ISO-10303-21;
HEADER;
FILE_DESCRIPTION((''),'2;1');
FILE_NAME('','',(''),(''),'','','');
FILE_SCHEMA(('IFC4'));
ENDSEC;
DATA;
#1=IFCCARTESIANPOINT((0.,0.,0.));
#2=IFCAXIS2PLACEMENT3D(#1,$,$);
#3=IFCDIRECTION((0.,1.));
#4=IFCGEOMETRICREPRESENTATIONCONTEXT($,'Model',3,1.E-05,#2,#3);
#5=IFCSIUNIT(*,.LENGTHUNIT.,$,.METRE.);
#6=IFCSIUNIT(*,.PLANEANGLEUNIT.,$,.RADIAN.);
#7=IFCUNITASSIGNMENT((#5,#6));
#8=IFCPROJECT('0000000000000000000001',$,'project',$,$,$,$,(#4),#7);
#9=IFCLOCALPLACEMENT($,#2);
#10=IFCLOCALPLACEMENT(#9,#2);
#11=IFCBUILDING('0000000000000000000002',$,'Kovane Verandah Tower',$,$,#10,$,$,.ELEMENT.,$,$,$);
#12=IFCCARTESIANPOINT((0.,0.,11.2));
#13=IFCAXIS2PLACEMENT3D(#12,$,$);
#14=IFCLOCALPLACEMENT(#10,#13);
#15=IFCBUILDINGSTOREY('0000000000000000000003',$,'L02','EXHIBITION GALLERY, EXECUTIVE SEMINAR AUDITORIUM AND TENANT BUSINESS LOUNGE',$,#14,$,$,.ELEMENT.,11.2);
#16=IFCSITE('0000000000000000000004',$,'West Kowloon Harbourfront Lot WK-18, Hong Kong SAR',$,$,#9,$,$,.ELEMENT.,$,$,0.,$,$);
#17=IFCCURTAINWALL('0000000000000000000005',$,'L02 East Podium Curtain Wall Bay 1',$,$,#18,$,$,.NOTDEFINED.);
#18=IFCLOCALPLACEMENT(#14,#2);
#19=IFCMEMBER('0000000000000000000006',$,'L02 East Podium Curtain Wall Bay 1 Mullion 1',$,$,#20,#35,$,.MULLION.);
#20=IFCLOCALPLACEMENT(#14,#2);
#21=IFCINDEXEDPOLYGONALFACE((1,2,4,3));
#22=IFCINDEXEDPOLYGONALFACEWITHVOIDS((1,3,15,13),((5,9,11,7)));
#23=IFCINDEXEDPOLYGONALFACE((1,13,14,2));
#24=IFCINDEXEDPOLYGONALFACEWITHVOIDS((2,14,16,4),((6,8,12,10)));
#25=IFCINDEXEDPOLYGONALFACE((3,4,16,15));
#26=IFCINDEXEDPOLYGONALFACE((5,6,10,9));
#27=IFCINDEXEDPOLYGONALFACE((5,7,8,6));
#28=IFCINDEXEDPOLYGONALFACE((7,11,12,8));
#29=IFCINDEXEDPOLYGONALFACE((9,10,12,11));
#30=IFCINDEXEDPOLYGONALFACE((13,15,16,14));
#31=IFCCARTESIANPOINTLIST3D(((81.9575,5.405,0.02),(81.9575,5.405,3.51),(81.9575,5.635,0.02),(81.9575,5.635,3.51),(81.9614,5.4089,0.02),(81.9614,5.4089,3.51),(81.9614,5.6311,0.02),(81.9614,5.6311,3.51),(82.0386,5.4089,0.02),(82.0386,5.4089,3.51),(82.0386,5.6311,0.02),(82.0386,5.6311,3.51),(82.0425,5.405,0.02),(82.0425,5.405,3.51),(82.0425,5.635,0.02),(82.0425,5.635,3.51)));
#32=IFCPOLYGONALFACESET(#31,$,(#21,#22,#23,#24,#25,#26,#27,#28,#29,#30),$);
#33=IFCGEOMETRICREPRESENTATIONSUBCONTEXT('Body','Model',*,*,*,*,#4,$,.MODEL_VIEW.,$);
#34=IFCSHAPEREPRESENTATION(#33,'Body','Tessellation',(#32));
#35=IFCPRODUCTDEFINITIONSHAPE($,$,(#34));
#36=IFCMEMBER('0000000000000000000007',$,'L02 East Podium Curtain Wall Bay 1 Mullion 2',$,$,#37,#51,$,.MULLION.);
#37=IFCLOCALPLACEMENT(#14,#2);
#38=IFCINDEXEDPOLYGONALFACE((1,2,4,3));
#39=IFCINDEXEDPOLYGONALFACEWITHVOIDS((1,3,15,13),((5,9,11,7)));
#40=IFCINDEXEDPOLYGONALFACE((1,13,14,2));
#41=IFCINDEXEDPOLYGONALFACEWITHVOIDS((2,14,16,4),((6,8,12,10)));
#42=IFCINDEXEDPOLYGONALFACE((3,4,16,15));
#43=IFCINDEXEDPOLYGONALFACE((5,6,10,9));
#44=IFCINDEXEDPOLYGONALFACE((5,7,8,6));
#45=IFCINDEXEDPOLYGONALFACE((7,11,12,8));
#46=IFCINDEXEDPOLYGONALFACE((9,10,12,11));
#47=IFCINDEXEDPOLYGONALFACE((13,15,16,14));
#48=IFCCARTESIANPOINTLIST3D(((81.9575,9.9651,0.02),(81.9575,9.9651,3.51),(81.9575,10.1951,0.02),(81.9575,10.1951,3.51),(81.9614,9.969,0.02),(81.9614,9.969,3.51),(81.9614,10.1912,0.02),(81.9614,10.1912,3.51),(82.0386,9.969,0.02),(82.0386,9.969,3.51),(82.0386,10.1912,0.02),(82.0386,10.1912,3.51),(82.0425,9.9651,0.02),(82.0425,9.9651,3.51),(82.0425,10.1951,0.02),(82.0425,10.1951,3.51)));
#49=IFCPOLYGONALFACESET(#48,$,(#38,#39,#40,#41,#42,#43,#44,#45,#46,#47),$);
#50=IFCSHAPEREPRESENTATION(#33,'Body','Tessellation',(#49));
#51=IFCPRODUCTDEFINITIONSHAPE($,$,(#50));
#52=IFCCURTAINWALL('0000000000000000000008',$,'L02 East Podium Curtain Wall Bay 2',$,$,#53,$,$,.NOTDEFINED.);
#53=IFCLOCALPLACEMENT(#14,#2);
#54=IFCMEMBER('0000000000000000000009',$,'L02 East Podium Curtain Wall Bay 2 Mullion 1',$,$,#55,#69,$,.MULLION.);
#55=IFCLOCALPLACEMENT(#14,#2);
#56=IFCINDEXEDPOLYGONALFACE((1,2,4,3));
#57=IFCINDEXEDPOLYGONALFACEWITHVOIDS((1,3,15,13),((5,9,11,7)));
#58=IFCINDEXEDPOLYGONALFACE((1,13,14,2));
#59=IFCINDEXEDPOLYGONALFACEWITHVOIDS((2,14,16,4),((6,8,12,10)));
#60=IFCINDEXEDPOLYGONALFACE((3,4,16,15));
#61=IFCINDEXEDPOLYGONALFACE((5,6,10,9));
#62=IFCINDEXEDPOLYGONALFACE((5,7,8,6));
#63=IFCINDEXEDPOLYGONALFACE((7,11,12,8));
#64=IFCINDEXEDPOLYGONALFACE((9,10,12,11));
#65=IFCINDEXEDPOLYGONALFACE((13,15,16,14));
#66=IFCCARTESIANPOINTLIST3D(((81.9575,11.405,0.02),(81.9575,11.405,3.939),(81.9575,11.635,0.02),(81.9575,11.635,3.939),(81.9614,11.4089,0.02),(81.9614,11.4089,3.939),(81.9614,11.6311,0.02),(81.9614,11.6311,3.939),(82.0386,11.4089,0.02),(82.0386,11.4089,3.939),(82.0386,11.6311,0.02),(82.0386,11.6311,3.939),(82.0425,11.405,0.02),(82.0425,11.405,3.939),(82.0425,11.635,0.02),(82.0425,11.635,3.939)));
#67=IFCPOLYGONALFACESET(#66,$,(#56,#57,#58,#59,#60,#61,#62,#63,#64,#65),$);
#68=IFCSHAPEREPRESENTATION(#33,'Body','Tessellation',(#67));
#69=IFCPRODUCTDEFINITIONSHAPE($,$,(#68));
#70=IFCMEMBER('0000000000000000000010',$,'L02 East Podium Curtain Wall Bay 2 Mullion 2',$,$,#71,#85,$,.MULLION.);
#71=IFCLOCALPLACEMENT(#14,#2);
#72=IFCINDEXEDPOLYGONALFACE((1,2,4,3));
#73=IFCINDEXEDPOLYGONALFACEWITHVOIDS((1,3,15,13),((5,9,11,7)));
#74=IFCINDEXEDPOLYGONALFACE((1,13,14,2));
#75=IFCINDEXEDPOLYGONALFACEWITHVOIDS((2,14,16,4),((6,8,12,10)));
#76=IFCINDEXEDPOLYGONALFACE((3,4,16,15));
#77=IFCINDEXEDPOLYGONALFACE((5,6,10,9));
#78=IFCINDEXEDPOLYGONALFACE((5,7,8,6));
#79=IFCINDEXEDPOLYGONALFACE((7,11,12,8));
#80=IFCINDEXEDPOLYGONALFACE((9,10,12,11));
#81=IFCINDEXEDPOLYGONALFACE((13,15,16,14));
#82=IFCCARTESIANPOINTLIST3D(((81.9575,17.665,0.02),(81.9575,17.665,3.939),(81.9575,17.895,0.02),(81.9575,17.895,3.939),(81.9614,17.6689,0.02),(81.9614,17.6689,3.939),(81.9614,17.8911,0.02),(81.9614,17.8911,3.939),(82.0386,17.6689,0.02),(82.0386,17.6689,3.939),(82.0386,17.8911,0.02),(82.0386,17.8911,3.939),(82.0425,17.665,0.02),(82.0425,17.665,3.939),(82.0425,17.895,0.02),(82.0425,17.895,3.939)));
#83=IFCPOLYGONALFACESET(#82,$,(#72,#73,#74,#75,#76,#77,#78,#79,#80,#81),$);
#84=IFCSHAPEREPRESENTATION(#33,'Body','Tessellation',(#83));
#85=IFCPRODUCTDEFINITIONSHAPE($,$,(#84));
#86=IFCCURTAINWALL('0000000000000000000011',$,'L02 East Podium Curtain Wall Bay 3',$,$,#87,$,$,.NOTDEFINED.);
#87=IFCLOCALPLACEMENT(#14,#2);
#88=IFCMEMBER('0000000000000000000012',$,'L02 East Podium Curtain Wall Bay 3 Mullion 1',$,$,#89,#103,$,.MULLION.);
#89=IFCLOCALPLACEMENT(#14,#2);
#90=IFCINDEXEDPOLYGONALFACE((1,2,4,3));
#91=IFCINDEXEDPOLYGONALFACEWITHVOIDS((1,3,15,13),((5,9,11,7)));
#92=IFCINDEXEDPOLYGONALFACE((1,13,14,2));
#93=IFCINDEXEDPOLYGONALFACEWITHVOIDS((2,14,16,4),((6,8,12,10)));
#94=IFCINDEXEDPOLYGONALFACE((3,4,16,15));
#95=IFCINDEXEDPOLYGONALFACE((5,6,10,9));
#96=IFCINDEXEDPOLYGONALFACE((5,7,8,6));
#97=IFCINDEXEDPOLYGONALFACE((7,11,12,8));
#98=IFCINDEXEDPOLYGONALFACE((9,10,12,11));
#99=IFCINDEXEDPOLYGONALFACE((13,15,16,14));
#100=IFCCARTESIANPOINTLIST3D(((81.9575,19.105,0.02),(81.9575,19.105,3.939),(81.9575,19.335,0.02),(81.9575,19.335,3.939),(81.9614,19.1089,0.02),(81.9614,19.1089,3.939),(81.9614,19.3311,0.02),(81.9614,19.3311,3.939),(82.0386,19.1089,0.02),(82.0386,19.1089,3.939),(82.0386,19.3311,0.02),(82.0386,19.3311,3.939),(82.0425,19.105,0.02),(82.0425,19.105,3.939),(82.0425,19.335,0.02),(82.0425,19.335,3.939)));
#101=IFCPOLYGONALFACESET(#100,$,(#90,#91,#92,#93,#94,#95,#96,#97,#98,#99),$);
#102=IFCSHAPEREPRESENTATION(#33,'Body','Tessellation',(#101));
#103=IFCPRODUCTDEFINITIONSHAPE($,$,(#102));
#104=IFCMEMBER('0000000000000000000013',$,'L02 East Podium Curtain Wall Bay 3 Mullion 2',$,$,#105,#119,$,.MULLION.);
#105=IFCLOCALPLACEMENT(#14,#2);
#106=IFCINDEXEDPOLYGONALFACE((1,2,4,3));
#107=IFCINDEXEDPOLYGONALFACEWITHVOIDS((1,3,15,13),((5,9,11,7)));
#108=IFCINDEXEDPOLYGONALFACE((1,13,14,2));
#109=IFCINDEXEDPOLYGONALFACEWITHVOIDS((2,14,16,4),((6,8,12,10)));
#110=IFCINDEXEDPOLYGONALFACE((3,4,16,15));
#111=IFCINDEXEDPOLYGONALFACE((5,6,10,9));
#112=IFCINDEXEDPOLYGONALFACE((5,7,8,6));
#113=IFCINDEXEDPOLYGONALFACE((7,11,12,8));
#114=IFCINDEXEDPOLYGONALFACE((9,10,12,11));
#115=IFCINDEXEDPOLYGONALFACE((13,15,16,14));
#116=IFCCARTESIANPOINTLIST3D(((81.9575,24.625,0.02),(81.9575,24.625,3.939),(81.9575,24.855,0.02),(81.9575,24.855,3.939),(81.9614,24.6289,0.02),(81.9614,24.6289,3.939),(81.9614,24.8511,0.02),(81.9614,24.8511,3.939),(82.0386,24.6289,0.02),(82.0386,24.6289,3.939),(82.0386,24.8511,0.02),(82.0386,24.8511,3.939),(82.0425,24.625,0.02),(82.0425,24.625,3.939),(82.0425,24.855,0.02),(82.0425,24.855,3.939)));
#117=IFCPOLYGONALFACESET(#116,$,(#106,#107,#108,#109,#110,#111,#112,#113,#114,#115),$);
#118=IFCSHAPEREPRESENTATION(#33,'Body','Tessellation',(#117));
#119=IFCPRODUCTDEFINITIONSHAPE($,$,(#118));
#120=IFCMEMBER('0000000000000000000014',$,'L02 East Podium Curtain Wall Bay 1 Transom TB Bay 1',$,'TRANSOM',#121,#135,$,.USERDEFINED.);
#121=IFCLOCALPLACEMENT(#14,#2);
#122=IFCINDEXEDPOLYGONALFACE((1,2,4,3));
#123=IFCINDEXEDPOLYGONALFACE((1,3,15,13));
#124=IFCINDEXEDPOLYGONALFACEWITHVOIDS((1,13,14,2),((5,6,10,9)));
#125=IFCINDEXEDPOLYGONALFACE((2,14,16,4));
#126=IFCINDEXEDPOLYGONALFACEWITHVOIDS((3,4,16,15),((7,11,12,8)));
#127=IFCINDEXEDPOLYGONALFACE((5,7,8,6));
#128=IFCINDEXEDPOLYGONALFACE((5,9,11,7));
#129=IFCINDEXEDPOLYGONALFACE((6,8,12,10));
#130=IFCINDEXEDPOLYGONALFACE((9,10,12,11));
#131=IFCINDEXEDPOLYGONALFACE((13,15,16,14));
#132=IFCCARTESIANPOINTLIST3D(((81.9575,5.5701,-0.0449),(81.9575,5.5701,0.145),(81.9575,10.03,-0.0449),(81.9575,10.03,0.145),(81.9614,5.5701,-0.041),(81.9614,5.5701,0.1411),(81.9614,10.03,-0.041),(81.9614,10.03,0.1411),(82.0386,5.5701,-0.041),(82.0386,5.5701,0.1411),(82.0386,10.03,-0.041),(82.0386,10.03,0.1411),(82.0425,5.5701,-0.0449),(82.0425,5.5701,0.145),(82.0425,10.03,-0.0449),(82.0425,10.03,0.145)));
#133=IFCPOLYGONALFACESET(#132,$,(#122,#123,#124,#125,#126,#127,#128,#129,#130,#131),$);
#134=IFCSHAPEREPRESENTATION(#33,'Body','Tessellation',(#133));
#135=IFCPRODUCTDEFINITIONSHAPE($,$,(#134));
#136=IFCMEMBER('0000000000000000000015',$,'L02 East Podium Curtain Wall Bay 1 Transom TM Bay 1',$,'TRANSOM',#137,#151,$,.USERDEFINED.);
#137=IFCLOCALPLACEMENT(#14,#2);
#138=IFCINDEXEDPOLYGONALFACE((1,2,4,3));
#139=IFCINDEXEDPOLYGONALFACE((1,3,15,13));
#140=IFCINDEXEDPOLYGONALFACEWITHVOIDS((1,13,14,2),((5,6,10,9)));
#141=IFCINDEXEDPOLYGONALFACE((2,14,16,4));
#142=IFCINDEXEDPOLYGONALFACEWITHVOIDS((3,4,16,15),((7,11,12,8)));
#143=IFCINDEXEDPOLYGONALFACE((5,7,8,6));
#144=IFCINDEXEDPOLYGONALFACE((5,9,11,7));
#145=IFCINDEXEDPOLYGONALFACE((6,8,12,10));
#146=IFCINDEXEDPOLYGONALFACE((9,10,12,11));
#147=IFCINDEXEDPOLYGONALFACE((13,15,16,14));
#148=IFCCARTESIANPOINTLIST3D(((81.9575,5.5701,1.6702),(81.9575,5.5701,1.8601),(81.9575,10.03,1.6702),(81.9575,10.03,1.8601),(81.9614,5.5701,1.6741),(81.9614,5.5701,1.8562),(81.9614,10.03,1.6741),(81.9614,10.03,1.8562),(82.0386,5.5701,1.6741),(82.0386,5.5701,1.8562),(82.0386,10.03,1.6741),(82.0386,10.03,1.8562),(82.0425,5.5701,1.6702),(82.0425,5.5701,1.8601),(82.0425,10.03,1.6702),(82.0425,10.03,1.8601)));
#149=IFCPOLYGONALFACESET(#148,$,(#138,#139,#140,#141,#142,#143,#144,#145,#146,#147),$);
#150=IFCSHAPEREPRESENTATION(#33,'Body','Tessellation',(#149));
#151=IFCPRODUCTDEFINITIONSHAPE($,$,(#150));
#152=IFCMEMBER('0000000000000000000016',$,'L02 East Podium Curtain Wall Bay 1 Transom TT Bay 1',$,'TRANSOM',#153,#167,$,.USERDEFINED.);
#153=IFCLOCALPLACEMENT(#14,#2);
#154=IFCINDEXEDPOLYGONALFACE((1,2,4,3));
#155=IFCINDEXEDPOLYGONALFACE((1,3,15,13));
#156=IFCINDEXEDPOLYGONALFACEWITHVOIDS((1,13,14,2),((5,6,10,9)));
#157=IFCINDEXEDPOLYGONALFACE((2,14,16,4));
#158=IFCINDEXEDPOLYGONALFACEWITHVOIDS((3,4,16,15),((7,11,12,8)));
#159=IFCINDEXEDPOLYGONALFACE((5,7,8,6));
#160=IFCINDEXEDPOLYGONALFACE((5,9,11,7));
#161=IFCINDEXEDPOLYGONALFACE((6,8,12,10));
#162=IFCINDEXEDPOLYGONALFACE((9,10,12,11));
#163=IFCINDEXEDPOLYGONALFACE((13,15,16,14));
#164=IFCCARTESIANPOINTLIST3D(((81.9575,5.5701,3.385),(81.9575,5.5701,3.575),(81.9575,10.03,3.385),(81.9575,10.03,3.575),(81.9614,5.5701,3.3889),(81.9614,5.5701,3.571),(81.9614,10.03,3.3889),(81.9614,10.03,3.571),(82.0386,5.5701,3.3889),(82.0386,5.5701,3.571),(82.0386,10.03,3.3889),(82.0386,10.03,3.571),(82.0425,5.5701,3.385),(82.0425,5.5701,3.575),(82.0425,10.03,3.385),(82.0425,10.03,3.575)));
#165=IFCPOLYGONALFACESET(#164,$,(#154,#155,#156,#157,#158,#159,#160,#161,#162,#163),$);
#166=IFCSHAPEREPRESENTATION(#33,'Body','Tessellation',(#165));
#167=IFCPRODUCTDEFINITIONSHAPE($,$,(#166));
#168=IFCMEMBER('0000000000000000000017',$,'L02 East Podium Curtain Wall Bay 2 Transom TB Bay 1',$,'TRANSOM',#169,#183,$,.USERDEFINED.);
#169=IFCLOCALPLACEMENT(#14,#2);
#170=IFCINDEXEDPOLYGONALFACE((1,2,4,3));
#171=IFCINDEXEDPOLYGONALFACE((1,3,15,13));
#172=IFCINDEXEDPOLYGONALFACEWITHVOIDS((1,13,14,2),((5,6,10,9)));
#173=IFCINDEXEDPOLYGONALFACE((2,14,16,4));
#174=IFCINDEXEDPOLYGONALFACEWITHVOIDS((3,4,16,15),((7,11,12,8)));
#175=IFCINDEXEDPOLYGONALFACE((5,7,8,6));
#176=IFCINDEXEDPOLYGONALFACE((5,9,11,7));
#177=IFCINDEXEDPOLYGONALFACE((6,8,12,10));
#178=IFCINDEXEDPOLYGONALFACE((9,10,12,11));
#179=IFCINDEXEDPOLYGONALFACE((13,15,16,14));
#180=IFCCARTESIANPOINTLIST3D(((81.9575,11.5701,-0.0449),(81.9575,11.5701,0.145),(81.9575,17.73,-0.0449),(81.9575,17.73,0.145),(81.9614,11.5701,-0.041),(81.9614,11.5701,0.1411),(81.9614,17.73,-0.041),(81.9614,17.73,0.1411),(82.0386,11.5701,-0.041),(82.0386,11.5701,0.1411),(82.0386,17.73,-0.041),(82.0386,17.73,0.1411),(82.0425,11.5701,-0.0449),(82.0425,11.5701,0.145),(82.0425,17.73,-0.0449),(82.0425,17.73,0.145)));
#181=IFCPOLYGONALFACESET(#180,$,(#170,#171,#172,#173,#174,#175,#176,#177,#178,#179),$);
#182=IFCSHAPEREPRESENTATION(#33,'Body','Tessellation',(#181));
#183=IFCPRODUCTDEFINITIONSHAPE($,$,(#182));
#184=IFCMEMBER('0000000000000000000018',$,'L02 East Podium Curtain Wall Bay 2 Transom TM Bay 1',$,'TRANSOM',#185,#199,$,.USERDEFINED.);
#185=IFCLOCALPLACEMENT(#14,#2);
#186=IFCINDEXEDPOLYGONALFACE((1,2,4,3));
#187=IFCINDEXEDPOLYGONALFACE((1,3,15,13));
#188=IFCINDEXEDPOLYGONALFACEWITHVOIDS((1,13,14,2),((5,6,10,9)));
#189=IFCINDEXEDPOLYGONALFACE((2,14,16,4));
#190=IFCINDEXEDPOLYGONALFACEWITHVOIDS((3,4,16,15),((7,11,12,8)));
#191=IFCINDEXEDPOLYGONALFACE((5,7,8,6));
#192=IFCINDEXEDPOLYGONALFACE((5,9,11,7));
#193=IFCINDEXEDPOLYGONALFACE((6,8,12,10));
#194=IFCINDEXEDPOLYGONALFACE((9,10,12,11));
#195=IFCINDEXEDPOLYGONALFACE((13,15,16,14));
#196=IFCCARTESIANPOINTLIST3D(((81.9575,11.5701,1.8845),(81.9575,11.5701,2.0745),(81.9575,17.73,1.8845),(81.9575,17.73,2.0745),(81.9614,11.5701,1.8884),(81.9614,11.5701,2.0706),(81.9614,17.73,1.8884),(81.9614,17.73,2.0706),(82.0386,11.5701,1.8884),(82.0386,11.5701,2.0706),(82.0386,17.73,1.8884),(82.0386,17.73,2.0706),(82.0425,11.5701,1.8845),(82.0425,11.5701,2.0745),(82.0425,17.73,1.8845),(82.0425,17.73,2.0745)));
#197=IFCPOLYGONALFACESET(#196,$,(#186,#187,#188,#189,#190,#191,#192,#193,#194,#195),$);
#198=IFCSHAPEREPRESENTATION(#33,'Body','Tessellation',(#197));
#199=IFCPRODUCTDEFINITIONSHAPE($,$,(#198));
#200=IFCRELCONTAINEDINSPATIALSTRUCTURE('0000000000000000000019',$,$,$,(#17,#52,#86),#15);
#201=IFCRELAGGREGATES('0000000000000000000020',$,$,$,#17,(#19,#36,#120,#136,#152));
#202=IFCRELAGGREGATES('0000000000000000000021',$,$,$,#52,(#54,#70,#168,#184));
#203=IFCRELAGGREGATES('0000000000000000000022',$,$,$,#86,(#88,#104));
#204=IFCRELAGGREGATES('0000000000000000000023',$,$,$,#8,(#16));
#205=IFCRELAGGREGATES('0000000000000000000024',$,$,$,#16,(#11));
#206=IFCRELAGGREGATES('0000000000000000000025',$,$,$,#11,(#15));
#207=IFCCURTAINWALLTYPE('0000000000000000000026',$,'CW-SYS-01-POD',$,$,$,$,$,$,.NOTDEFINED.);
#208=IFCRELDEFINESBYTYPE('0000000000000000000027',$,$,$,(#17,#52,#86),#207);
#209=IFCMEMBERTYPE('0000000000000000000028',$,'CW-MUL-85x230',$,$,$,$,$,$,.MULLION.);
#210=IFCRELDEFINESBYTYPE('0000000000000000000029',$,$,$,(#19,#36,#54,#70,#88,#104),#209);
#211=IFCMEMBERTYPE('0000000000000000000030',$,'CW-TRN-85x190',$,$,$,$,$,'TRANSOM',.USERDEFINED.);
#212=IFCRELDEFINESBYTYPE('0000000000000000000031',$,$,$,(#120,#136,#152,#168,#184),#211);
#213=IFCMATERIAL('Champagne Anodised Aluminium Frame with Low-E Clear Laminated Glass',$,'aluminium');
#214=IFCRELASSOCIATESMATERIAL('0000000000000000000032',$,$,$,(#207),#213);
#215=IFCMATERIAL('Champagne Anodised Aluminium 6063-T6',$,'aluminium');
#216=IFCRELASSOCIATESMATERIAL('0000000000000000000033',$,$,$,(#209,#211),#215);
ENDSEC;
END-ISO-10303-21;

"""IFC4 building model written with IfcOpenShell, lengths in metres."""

from ifc_helpers import new_model, si_unit, direction, frame, origin, origin_2d, place, context, subcontext, project, spatial, hollow_rectangle, extrude, material, material_profile, profile_set, type_object, element, aggregate, save


model = new_model("IFC4")

# Units and contexts
model_context = context("Model", 3, precision=1e-05, world=origin(), true_north=direction((0.0, 1.0)))
body_context = subcontext(model_context, "Body", "Model", "MODEL_VIEW")
ifc_project = project(units=[si_unit("LENGTHUNIT", "METRE"), si_unit("PLANEANGLEUNIT", "RADIAN")], contexts=[model_context])

# Site, building, storey
site_placement = place(None, origin())
site = spatial("IfcSite", under=ifc_project, at=site_placement, Name="West Kowloon Harbourfront Lot WK-18, Hong Kong SAR", CompositionType="ELEMENT", RefElevation=0.0)
building_placement = place(site_placement, origin())
building = spatial("IfcBuilding", under=site, at=building_placement, Name="Kovane Verandah Tower", CompositionType="ELEMENT")
storey_placement = place(building_placement, frame((0.0, 0.0, 11.2)))
storey = spatial("IfcBuildingStorey", under=building, at=storey_placement, Name="L02", Description="EXHIBITION GALLERY, EXECUTIVE SEMINAR AUDITORIUM AND TENANT BUSINESS LOUNGE", CompositionType="ELEMENT", Elevation=11.2)

# Shared definitions
ifc_material_1 = material(Name="Champagne Anodised Aluminium Frame with Low-E Clear Laminated Glass", Category="aluminium")
curtain_wall_type = type_object("IfcCurtainWallType", Name="CW-SYS-01-POD", PredefinedType="NOTDEFINED", material=ifc_material_1)
ifc_material_2 = material(Name="Champagne Anodised Aluminium 6063-T6", Category="aluminium")
ifc_material_profile_1 = material_profile(ifc_material_2, hollow_rectangle(XDim=0.085, YDim=0.23, WallThickness=0.0039, at=origin_2d()), Name="AL85x230x4")
ifc_profile_set_1 = profile_set([ifc_material_profile_1], Name="Champagne Anodised Aluminium 6063-T6")
member_type_1 = type_object("IfcMemberType", Name="CW-MUL-85x230", PredefinedType="MULLION", material=ifc_profile_set_1)

# Curtain walls, members
curtain_wall_1_placement = place(storey_placement, origin())
curtain_wall_1 = element("IfcCurtainWall", 1, at=curtain_wall_1_placement, inside=storey, type_object=curtain_wall_type, Name="L02 East Podium Curtain Wall Bay 1", PredefinedType="NOTDEFINED")
member_1_placement = place(storey_placement, frame((82.0, 5.52, 0.02), z_axis=(0.0, 0.0, 1.0), x_axis=(1.0, 0.0, 0.0)))
member_1 = element("IfcMember", 2, at=member_1_placement, type_object=member_type_1, Name="L02 East Podium Curtain Wall Bay 1 Mullion 1", PredefinedType="MULLION", context=body_context, shape_type="SweptSolid", body=[
    extrude(hollow_rectangle(XDim=0.085, YDim=0.23, WallThickness=0.0039, at=origin_2d()), origin(), (0.0, 0.0, 1.0), 3.49),
])
member_2_placement = place(storey_placement, frame((82.0, 10.0801, 0.02), z_axis=(0.0, 0.0, 1.0), x_axis=(1.0, 0.0, 0.0)))
member_2 = element("IfcMember", 3, at=member_2_placement, type_object=member_type_1, Name="L02 East Podium Curtain Wall Bay 1 Mullion 2", PredefinedType="MULLION", context=body_context, shape_type="SweptSolid", body=[
    extrude(hollow_rectangle(XDim=0.085, YDim=0.23, WallThickness=0.0039, at=origin_2d()), origin(), (0.0, 0.0, 1.0), 3.49),
])
curtain_wall_2_placement = place(storey_placement, origin())
curtain_wall_2 = element("IfcCurtainWall", 4, at=curtain_wall_2_placement, inside=storey, type_object=curtain_wall_type, Name="L02 East Podium Curtain Wall Bay 2", PredefinedType="NOTDEFINED")
member_3_placement = place(storey_placement, frame((82.0, 11.52, 0.02), z_axis=(0.0, 0.0, 1.0), x_axis=(1.0, 0.0, 0.0)))
member_3 = element("IfcMember", 5, at=member_3_placement, type_object=member_type_1, Name="L02 East Podium Curtain Wall Bay 2 Mullion 1", PredefinedType="MULLION", context=body_context, shape_type="SweptSolid", body=[
    extrude(hollow_rectangle(XDim=0.085, YDim=0.23, WallThickness=0.0039, at=origin_2d()), origin(), (0.0, 0.0, 1.0), 3.9189),
])
member_4_placement = place(storey_placement, frame((82.0, 17.78, 0.02), z_axis=(0.0, 0.0, 1.0), x_axis=(1.0, 0.0, 0.0)))
member_4 = element("IfcMember", 6, at=member_4_placement, type_object=member_type_1, Name="L02 East Podium Curtain Wall Bay 2 Mullion 2", PredefinedType="MULLION", context=body_context, shape_type="SweptSolid", body=[
    extrude(hollow_rectangle(XDim=0.085, YDim=0.23, WallThickness=0.0039, at=origin_2d()), origin(), (0.0, 0.0, 1.0), 3.9189),
])
curtain_wall_3_placement = place(storey_placement, origin())
curtain_wall_3 = element("IfcCurtainWall", 7, at=curtain_wall_3_placement, inside=storey, type_object=curtain_wall_type, Name="L02 East Podium Curtain Wall Bay 3", PredefinedType="NOTDEFINED")
member_5_placement = place(storey_placement, frame((82.0, 19.22, 0.02), z_axis=(0.0, 0.0, 1.0), x_axis=(1.0, 0.0, 0.0)))
member_5 = element("IfcMember", 8, at=member_5_placement, type_object=member_type_1, Name="L02 East Podium Curtain Wall Bay 3 Mullion 1", PredefinedType="MULLION", context=body_context, shape_type="SweptSolid", body=[
    extrude(hollow_rectangle(XDim=0.085, YDim=0.23, WallThickness=0.0039, at=origin_2d()), origin(), (0.0, 0.0, 1.0), 3.9189),
])
member_6_placement = place(storey_placement, frame((82.0, 24.74, 0.02), z_axis=(0.0, 0.0, 1.0), x_axis=(1.0, 0.0, 0.0)))
member_6 = element("IfcMember", 9, at=member_6_placement, type_object=member_type_1, Name="L02 East Podium Curtain Wall Bay 3 Mullion 2", PredefinedType="MULLION", context=body_context, shape_type="SweptSolid", body=[
    extrude(hollow_rectangle(XDim=0.085, YDim=0.23, WallThickness=0.0039, at=origin_2d()), origin(), (0.0, 0.0, 1.0), 3.9189),
])

# Members
ifc_material_profile_2 = material_profile(ifc_material_2, hollow_rectangle(XDim=0.085, YDim=0.1899, WallThickness=0.0039, at=origin_2d()), Name="AL85x190x4")
ifc_profile_set_2 = profile_set([ifc_material_profile_2], Name="Champagne Anodised Aluminium 6063-T6")
member_type_2 = type_object("IfcMemberType", Name="CW-TRN-85x190", ElementType="TRANSOM", PredefinedType="USERDEFINED", material=ifc_profile_set_2)
member_7_placement = place(storey_placement, frame((82.0, 5.5701, 0.05), z_axis=(0.0, 1.0, 0.0), x_axis=(-1.0, 0.0, 0.0)))
member_7 = element("IfcMember", 10, at=member_7_placement, type_object=member_type_2, Name="L02 East Podium Curtain Wall Bay 1 Transom TB Bay 1", ObjectType="TRANSOM", PredefinedType="USERDEFINED", context=body_context, shape_type="SweptSolid", body=[
    extrude(hollow_rectangle(XDim=0.085, YDim=0.1899, WallThickness=0.0039, at=origin_2d()), origin(), (0.0, 0.0, 1.0), 4.46),
])
member_8_placement = place(storey_placement, frame((82.0, 5.5701, 1.7651), z_axis=(0.0, 1.0, 0.0), x_axis=(-1.0, 0.0, 0.0)))
member_8 = element("IfcMember", 11, at=member_8_placement, type_object=member_type_2, Name="L02 East Podium Curtain Wall Bay 1 Transom TM Bay 1", ObjectType="TRANSOM", PredefinedType="USERDEFINED", context=body_context, shape_type="SweptSolid", body=[
    extrude(hollow_rectangle(XDim=0.085, YDim=0.1899, WallThickness=0.0039, at=origin_2d()), origin(), (0.0, 0.0, 1.0), 4.46),
])
member_9_placement = place(storey_placement, frame((82.0, 5.5701, 3.48), z_axis=(0.0, 1.0, 0.0), x_axis=(-1.0, 0.0, 0.0)))
member_9 = element("IfcMember", 12, at=member_9_placement, type_object=member_type_2, Name="L02 East Podium Curtain Wall Bay 1 Transom TT Bay 1", ObjectType="TRANSOM", PredefinedType="USERDEFINED", context=body_context, shape_type="SweptSolid", body=[
    extrude(hollow_rectangle(XDim=0.085, YDim=0.1899, WallThickness=0.0039, at=origin_2d()), origin(), (0.0, 0.0, 1.0), 4.46),
])
member_10_placement = place(storey_placement, frame((82.0, 11.5701, 0.05), z_axis=(0.0, 1.0, 0.0), x_axis=(-1.0, 0.0, 0.0)))
member_10 = element("IfcMember", 13, at=member_10_placement, type_object=member_type_2, Name="L02 East Podium Curtain Wall Bay 2 Transom TB Bay 1", ObjectType="TRANSOM", PredefinedType="USERDEFINED", context=body_context, shape_type="SweptSolid", body=[
    extrude(hollow_rectangle(XDim=0.085, YDim=0.1899, WallThickness=0.0039, at=origin_2d()), origin(), (0.0, 0.0, 1.0), 6.1599),
])
member_11_placement = place(storey_placement, frame((82.0, 11.5701, 1.9795), z_axis=(0.0, 1.0, 0.0), x_axis=(-1.0, 0.0, 0.0)))
member_11 = element("IfcMember", 14, at=member_11_placement, type_object=member_type_2, Name="L02 East Podium Curtain Wall Bay 2 Transom TM Bay 1", ObjectType="TRANSOM", PredefinedType="USERDEFINED", context=body_context, shape_type="SweptSolid", body=[
    extrude(hollow_rectangle(XDim=0.085, YDim=0.1899, WallThickness=0.0039, at=origin_2d()), origin(), (0.0, 0.0, 1.0), 6.1599),
])

aggregate(curtain_wall_1, [member_1, member_2, member_7, member_8, member_9])
aggregate(curtain_wall_2, [member_3, member_4, member_10, member_11])
aggregate(curtain_wall_3, [member_5, member_6])

save(model, "model.ifc")
